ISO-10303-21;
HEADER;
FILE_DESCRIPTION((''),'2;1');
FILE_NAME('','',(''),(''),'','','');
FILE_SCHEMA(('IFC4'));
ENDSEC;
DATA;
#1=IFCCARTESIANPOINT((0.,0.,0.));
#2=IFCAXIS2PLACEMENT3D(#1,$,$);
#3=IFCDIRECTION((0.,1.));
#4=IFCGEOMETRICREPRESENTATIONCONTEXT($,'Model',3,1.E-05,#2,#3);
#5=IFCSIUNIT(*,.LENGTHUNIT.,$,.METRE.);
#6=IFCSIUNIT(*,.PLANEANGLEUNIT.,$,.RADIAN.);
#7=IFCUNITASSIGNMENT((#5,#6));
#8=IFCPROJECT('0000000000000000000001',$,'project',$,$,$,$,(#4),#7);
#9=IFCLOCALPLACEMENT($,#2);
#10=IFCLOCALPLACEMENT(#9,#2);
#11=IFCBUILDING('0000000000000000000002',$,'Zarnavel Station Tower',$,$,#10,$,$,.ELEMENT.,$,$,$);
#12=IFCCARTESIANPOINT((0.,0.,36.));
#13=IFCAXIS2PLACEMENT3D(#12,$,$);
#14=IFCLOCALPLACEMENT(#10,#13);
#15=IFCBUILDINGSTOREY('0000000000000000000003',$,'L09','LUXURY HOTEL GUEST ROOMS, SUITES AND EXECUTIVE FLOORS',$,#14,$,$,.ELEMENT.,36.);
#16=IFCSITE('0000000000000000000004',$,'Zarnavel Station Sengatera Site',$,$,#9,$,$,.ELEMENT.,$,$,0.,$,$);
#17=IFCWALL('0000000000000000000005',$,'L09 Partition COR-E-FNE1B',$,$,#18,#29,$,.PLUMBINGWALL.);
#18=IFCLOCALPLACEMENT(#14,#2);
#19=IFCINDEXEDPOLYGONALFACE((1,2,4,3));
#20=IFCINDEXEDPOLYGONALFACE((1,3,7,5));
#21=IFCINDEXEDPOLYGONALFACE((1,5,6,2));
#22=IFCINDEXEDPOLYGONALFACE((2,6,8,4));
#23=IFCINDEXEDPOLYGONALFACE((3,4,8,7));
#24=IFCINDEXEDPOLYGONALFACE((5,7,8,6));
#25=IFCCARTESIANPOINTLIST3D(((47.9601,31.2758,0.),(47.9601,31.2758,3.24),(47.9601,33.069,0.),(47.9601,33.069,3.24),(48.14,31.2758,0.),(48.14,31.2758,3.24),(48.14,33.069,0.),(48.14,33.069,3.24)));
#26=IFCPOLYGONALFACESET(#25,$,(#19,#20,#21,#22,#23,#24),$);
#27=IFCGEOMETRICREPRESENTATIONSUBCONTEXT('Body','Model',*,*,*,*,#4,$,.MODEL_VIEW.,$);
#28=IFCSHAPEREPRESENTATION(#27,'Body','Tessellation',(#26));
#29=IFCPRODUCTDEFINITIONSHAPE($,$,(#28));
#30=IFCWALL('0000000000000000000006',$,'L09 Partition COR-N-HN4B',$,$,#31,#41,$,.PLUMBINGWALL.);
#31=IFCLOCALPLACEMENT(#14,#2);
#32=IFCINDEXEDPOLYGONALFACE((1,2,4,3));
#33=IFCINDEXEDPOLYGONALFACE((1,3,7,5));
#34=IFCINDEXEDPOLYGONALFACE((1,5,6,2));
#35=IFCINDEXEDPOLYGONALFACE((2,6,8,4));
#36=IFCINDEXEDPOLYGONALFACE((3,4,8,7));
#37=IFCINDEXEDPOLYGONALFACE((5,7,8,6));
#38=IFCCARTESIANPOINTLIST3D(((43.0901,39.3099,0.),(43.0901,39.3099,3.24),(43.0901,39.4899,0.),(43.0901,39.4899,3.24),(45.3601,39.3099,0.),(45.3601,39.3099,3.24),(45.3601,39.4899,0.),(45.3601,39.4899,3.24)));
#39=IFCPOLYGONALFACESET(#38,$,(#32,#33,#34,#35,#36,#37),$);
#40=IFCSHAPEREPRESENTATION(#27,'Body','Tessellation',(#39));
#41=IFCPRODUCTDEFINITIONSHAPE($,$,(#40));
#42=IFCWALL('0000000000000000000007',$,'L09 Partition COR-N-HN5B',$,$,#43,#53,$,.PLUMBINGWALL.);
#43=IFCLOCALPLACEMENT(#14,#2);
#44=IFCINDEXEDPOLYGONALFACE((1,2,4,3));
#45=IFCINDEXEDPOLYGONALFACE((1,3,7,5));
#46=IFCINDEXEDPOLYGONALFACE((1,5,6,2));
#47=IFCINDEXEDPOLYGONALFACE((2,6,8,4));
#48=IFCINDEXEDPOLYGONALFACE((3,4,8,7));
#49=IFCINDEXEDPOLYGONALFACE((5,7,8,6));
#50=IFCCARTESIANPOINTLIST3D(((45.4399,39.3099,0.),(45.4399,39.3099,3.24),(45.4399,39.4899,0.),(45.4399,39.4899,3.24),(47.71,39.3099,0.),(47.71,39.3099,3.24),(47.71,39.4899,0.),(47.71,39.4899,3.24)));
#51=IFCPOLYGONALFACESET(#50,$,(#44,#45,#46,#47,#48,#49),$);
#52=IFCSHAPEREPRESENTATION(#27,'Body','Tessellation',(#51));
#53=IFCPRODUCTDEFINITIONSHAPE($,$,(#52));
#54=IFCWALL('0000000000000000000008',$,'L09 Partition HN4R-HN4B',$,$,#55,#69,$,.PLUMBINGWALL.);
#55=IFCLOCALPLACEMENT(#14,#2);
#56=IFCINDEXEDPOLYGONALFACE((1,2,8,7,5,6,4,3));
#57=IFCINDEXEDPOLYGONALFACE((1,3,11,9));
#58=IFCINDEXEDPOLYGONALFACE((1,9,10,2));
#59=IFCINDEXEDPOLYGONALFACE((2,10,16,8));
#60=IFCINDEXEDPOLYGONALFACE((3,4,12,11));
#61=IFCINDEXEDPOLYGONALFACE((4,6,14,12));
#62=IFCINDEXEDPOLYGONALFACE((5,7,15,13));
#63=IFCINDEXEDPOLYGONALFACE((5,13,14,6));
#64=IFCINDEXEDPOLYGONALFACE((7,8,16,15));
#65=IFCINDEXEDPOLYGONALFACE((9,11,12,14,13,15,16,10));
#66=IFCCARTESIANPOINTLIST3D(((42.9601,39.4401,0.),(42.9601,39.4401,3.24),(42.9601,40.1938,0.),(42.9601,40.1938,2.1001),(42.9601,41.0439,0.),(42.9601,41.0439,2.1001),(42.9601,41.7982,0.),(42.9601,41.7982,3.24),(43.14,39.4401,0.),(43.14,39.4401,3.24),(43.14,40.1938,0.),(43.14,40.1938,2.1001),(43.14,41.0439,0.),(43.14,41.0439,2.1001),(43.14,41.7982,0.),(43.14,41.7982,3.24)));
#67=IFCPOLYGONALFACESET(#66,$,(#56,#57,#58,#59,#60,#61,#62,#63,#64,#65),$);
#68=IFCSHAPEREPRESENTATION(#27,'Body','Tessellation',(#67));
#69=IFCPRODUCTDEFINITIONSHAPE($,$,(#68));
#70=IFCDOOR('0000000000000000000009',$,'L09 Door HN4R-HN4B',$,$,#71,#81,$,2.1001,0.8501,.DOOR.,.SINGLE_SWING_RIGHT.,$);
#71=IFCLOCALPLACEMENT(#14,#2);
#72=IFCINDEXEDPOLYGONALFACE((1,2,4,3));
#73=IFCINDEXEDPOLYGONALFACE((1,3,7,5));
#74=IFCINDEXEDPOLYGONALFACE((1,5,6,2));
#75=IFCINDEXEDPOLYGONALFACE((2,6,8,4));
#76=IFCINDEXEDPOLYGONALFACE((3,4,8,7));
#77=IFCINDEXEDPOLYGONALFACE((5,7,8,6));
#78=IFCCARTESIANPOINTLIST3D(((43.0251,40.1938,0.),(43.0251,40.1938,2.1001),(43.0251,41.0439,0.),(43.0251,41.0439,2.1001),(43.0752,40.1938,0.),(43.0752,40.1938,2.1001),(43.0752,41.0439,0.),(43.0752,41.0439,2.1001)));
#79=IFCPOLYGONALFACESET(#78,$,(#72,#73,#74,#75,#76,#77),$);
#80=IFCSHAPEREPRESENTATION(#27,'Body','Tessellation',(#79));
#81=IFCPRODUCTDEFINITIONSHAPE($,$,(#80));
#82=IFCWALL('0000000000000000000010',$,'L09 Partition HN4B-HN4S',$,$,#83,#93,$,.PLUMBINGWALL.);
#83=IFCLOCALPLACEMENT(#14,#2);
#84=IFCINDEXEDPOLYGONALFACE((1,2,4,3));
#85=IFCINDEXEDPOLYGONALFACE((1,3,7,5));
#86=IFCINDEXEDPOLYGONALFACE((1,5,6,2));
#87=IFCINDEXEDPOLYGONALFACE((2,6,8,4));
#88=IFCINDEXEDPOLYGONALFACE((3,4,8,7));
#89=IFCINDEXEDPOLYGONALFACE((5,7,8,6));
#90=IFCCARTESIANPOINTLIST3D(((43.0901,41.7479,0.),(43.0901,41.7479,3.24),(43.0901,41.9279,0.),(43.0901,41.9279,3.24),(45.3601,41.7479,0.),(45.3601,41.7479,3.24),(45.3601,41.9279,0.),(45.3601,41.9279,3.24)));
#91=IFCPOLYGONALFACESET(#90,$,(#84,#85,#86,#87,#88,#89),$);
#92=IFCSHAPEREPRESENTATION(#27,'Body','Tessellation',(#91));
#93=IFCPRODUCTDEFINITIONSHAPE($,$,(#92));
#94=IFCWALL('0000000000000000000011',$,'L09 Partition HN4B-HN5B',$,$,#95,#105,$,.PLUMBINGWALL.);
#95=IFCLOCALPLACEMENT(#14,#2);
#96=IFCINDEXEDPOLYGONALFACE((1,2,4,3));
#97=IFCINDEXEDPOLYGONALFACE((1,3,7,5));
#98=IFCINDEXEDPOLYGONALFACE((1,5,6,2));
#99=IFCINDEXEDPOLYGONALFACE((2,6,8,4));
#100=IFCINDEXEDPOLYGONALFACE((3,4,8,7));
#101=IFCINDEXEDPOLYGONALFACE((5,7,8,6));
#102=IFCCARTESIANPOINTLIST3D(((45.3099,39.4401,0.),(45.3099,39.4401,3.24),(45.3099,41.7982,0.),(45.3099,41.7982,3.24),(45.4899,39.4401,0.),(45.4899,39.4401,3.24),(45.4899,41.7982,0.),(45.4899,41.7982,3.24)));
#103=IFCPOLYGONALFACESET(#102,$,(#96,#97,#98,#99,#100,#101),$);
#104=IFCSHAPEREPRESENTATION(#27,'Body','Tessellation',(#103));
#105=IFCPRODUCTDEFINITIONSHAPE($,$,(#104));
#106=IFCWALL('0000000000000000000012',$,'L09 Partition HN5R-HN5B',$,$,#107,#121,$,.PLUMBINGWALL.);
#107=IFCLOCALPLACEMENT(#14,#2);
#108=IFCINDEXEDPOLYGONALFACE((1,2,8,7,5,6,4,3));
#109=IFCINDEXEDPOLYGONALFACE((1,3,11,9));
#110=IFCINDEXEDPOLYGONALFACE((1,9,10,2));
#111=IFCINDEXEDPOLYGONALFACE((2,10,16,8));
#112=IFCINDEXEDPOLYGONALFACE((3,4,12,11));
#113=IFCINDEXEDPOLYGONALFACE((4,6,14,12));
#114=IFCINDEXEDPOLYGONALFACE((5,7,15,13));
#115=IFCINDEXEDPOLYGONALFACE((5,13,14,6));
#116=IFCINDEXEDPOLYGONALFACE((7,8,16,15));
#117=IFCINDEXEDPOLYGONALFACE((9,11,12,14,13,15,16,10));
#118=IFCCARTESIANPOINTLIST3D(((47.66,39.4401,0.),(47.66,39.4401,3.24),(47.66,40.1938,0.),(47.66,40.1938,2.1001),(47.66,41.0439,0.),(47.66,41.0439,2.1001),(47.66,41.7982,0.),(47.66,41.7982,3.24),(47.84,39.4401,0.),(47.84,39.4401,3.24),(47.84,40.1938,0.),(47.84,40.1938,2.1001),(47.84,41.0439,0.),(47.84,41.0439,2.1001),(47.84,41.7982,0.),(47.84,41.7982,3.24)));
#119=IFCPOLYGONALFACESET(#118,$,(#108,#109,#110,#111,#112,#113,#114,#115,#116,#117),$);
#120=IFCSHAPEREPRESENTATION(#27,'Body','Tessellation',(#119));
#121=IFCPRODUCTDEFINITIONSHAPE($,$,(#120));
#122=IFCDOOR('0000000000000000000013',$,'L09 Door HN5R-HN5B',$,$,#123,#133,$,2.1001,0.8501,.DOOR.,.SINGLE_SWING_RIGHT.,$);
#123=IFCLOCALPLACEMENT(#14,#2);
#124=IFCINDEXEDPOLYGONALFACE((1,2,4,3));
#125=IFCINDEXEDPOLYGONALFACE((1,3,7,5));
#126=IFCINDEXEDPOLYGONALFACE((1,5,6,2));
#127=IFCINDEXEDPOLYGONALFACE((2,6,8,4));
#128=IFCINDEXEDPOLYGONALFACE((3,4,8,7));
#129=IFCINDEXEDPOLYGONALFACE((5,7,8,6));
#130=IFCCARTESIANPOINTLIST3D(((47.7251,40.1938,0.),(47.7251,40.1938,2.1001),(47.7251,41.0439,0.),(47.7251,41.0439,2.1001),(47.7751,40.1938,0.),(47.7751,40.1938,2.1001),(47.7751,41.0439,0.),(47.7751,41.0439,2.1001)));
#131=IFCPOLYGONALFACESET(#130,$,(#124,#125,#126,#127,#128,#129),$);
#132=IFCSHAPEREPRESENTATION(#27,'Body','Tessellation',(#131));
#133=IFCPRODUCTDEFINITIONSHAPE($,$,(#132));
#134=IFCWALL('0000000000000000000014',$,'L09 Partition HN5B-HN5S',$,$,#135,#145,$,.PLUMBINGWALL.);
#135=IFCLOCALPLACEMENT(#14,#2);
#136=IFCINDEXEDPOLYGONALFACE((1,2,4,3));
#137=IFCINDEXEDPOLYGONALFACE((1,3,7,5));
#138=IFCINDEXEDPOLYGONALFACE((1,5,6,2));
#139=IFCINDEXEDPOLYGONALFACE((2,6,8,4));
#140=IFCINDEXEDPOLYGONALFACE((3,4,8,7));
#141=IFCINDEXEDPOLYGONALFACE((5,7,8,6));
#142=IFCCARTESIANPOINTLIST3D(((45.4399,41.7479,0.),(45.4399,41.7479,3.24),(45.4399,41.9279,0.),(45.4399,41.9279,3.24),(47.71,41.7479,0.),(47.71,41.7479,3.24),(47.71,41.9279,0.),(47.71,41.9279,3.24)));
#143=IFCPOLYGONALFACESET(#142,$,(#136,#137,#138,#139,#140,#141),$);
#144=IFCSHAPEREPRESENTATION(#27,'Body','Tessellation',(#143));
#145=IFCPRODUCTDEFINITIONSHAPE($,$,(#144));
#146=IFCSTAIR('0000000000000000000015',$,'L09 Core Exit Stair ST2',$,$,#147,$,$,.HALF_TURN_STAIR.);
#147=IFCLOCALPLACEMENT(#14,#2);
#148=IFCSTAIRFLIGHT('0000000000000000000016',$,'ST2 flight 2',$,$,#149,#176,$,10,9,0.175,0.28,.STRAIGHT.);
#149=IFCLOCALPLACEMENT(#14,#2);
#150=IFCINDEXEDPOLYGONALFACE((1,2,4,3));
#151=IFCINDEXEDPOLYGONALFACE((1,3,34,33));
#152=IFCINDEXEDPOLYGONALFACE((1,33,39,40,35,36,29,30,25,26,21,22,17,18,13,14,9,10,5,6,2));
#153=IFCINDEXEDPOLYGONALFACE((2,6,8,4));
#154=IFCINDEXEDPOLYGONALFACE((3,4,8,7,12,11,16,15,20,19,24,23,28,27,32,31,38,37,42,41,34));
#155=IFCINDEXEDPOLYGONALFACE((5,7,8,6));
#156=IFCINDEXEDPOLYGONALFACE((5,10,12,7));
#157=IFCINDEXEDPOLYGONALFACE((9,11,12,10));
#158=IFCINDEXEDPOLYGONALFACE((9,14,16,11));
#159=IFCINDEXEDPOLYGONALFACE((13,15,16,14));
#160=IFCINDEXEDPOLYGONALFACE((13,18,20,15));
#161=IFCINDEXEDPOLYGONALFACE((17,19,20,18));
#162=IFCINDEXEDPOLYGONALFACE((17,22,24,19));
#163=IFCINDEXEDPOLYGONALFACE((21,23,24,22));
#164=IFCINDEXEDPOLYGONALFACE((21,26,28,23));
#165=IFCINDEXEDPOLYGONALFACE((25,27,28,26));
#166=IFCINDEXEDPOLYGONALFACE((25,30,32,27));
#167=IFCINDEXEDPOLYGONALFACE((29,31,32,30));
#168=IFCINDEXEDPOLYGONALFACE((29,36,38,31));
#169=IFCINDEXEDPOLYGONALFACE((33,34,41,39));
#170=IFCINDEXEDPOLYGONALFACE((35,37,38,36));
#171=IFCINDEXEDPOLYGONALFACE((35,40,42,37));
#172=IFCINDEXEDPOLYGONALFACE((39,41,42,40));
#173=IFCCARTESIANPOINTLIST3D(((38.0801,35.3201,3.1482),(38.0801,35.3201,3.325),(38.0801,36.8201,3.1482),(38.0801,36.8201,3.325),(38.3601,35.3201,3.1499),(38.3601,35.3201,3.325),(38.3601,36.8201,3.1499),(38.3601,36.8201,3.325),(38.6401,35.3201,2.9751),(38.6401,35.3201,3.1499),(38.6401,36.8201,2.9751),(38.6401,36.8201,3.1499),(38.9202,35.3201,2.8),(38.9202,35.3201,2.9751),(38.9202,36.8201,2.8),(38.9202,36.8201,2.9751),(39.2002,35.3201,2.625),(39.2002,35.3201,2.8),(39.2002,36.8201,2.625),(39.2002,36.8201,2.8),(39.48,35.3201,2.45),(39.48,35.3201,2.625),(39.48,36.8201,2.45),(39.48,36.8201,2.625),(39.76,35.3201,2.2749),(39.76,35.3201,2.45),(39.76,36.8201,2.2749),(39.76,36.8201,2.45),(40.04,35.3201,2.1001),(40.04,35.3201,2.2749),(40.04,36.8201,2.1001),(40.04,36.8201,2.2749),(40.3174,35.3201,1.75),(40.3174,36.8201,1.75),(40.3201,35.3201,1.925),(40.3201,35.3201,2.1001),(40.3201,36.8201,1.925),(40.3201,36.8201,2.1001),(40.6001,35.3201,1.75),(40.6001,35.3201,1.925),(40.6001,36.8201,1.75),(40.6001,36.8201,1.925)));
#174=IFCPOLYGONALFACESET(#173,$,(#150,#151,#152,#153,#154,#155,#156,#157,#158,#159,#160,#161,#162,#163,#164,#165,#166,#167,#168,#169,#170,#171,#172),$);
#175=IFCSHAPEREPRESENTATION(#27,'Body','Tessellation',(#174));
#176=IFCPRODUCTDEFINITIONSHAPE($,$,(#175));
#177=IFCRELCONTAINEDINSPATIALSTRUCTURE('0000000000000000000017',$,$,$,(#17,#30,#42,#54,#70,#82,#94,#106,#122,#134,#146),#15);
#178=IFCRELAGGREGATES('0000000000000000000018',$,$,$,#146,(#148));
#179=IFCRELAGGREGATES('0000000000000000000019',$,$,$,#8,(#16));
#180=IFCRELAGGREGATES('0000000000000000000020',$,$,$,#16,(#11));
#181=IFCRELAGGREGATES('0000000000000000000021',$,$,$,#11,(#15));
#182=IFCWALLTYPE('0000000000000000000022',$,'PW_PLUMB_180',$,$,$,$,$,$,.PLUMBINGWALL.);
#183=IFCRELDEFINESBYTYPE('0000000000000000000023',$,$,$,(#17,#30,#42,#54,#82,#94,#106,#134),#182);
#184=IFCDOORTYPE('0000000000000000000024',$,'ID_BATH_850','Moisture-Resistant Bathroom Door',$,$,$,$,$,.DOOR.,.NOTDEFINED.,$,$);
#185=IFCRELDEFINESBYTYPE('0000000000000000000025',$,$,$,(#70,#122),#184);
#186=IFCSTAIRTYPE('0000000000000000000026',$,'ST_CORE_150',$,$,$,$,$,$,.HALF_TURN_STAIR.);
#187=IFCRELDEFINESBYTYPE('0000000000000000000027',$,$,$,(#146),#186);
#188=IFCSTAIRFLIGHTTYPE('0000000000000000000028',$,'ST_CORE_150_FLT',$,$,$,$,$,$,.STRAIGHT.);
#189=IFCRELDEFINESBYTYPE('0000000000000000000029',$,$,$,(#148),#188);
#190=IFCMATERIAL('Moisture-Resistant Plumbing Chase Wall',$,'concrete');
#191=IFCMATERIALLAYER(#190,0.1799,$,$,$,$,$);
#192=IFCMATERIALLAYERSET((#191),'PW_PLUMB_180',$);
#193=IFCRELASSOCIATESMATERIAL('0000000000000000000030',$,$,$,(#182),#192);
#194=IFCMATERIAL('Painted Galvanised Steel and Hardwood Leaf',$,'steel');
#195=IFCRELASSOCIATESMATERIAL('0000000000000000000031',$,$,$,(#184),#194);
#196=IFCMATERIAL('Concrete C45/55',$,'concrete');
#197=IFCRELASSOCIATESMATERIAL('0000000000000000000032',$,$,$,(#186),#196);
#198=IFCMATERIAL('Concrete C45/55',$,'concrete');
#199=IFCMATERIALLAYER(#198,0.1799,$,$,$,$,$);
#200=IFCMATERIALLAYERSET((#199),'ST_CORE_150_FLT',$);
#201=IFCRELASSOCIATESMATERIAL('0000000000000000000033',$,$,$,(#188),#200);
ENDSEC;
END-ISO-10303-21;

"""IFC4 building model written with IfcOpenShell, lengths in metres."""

from ifc_helpers import new_model, si_unit, direction, frame, frame_2d, origin, place, context, subcontext, project, spatial, polyline, rectangle, outline, extrude, material, layer, layer_set, type_object, element, fill, aggregate, save


model = new_model("IFC4")

# Units and contexts
model_context = context("Model", 3, precision=1e-05, world=origin(), true_north=direction((0.0, 1.0)))
body_context = subcontext(model_context, "Body", "Model", "MODEL_VIEW")
ifc_project = project(units=[si_unit("LENGTHUNIT", "METRE"), si_unit("PLANEANGLEUNIT", "RADIAN")], contexts=[model_context])

# Site, building, storey
site_placement = place(None, origin())
site = spatial("IfcSite", under=ifc_project, at=site_placement, Name="Zarnavel Station Sengatera Site", CompositionType="ELEMENT", RefElevation=0.0)
building_placement = place(site_placement, origin())
building = spatial("IfcBuilding", under=site, at=building_placement, Name="Zarnavel Station Tower", CompositionType="ELEMENT")
storey_placement = place(building_placement, frame((0.0, 0.0, 36.0)))
storey = spatial("IfcBuildingStorey", under=building, at=storey_placement, Name="L09", Description="LUXURY HOTEL GUEST ROOMS, SUITES AND EXECUTIVE FLOORS", CompositionType="ELEMENT", Elevation=36.0)

# Walls
ifc_material_1 = material(Name="Moisture-Resistant Plumbing Chase Wall", Category="concrete")
ifc_layer_1 = layer(ifc_material_1, 0.1799)
ifc_layer_set_1 = layer_set([ifc_layer_1], Name="PW_PLUMB_180")
wall_type_1 = type_object("IfcWallType", Name="PW_PLUMB_180", PredefinedType="PLUMBINGWALL", material=ifc_layer_set_1)
wall_1_placement = place(storey_placement, frame((48.05, 31.2759, 0.0), z_axis=(0.0, 0.0, 1.0), x_axis=(0.0, 1.0, 0.0)))
element("IfcWall", 1, at=wall_1_placement, inside=storey, type_object=wall_type_1, Name="L09 Partition COR-E-FNE1B", PredefinedType="PLUMBINGWALL", context=body_context, shape_type="SweptSolid", body=[
    extrude(rectangle(XDim=1.7932, YDim=0.1799, at=frame_2d((0.8965, 0.0))), origin(), (0.0, 0.0, 1.0), 3.24),
])
for number, where, z_axis, x_axis, name in (
    (2, (43.0901, 39.3999, 0.0), (0.0, 0.0, 1.0), (1.0, 0.0, 0.0), "L09 Partition COR-N-HN4B"),
    (3, (45.4399, 39.3999, 0.0), (0.0, 0.0, 1.0), (1.0, 0.0, 0.0), "L09 Partition COR-N-HN5B"),
):
    element("IfcWall", number, at=place(storey_placement, frame(where, z_axis=z_axis, x_axis=x_axis)), inside=storey, type_object=wall_type_1, Name=name, PredefinedType="PLUMBINGWALL", context=body_context, shape_type="SweptSolid", body=[
        extrude(rectangle(XDim=2.27, YDim=0.1799, at=frame_2d((1.135, 0.0))), origin(), (0.0, 0.0, 1.0), 3.24),
    ])

# Wall, opening, door
wall_2_placement = place(storey_placement, frame((43.05, 39.4399, 0.0), z_axis=(0.0, 0.0, 1.0), x_axis=(0.0, 1.0, 0.0)))
wall_2 = element("IfcWall", 4, at=wall_2_placement, inside=storey, type_object=wall_type_1, Name="L09 Partition HN4R-HN4B", PredefinedType="PLUMBINGWALL", context=body_context, shape_type="SweptSolid", body=[
    extrude(rectangle(XDim=2.3582, YDim=0.1799, at=frame_2d((1.1792, 0.0))), origin(), (0.0, 0.0, 1.0), 3.24),
])
opening_1_placement = place(wall_2_placement, frame((0.7539, 0.0, 0.0)))
opening_1 = element("IfcOpeningElement", 5, at=opening_1_placement, cuts=wall_2, PredefinedType="OPENING", context=body_context, shape_type="SweptSolid", body=[
    extrude(rectangle(XDim=0.8501, YDim=2.1001, at=frame_2d((0.425, 1.05))), frame((0.0, 0.0999, 0.0), z_axis=(0.0, -1.0, 0.0), x_axis=(1.0, 0.0, 0.0)), (0.0, 0.0, 1.0), 0.2),
])
ifc_material_2 = material(Name="Painted Galvanised Steel and Hardwood Leaf", Category="steel")
door_type_1 = type_object("IfcDoorType", Name="ID_BATH_850", Description="Moisture-Resistant Bathroom Door", OperationType="NOTDEFINED", PredefinedType="DOOR", material=ifc_material_2)
door_1_placement = place(opening_1_placement, origin())
door_1 = element("IfcDoor", 6, at=door_1_placement, inside=storey, type_object=door_type_1, Name="L09 Door HN4R-HN4B", OperationType="SINGLE_SWING_RIGHT", OverallHeight=2.1001, OverallWidth=0.8501, PredefinedType="DOOR", context=body_context, shape_type="SweptSolid", body=[
    extrude(rectangle(XDim=0.8501, YDim=2.1001, at=frame_2d((0.425, 1.05))), frame((0.0, 0.0249, 0.0), z_axis=(0.0, -1.0, 0.0), x_axis=(1.0, 0.0, 0.0)), (0.0, 0.0, 1.0), 0.05),
])
fill(opening_1, door_1)

# Walls
wall_3_placement = place(storey_placement, frame((43.0901, 41.8379, 0.0), z_axis=(0.0, 0.0, 1.0), x_axis=(1.0, 0.0, 0.0)))
element("IfcWall", 7, at=wall_3_placement, inside=storey, type_object=wall_type_1, Name="L09 Partition HN4B-HN4S", PredefinedType="PLUMBINGWALL", context=body_context, shape_type="SweptSolid", body=[
    extrude(rectangle(XDim=2.27, YDim=0.1799, at=frame_2d((1.135, 0.0))), origin(), (0.0, 0.0, 1.0), 3.24),
])
wall_4_placement = place(storey_placement, frame((45.3999, 39.4399, 0.0), z_axis=(0.0, 0.0, 1.0), x_axis=(0.0, 1.0, 0.0)))
element("IfcWall", 8, at=wall_4_placement, inside=storey, type_object=wall_type_1, Name="L09 Partition HN4B-HN5B", PredefinedType="PLUMBINGWALL", context=body_context, shape_type="SweptSolid", body=[
    extrude(rectangle(XDim=2.3582, YDim=0.1799, at=frame_2d((1.1792, 0.0))), origin(), (0.0, 0.0, 1.0), 3.24),
])

# Wall, opening, door
wall_5_placement = place(storey_placement, frame((47.75, 39.4399, 0.0), z_axis=(0.0, 0.0, 1.0), x_axis=(0.0, 1.0, 0.0)))
wall_5 = element("IfcWall", 9, at=wall_5_placement, inside=storey, type_object=wall_type_1, Name="L09 Partition HN5R-HN5B", PredefinedType="PLUMBINGWALL", context=body_context, shape_type="SweptSolid", body=[
    extrude(rectangle(XDim=2.3582, YDim=0.1799, at=frame_2d((1.1792, 0.0))), origin(), (0.0, 0.0, 1.0), 3.24),
])
opening_2_placement = place(wall_5_placement, frame((0.7539, 0.0, 0.0)))
opening_2 = element("IfcOpeningElement", 10, at=opening_2_placement, cuts=wall_5, PredefinedType="OPENING", context=body_context, shape_type="SweptSolid", body=[
    extrude(rectangle(XDim=0.8501, YDim=2.1001, at=frame_2d((0.425, 1.05))), frame((0.0, 0.0999, 0.0), z_axis=(0.0, -1.0, 0.0), x_axis=(1.0, 0.0, 0.0)), (0.0, 0.0, 1.0), 0.2),
])
door_2_placement = place(opening_2_placement, origin())
door_2 = element("IfcDoor", 11, at=door_2_placement, inside=storey, type_object=door_type_1, Name="L09 Door HN5R-HN5B", OperationType="SINGLE_SWING_RIGHT", OverallHeight=2.1001, OverallWidth=0.8501, PredefinedType="DOOR", context=body_context, shape_type="SweptSolid", body=[
    extrude(rectangle(XDim=0.8501, YDim=2.1001, at=frame_2d((0.425, 1.05))), frame((0.0, 0.0249, 0.0), z_axis=(0.0, -1.0, 0.0), x_axis=(1.0, 0.0, 0.0)), (0.0, 0.0, 1.0), 0.05),
])
fill(opening_2, door_2)

# Wall
wall_6_placement = place(storey_placement, frame((45.4399, 41.8379, 0.0), z_axis=(0.0, 0.0, 1.0), x_axis=(1.0, 0.0, 0.0)))
element("IfcWall", 12, at=wall_6_placement, inside=storey, type_object=wall_type_1, Name="L09 Partition HN5B-HN5S", PredefinedType="PLUMBINGWALL", context=body_context, shape_type="SweptSolid", body=[
    extrude(rectangle(XDim=2.27, YDim=0.1799, at=frame_2d((1.135, 0.0))), origin(), (0.0, 0.0, 1.0), 3.24),
])

# Stair, stair flight
ifc_material_3 = material(Name="Concrete C45/55", Category="concrete")
stair_type = type_object("IfcStairType", Name="ST_CORE_150", PredefinedType="HALF_TURN_STAIR", material=ifc_material_3)
stair_placement = place(storey_placement, origin())
stair = element("IfcStair", 13, at=stair_placement, inside=storey, type_object=stair_type, Name="L09 Core Exit Stair ST2", PredefinedType="HALF_TURN_STAIR")
ifc_material_4 = material(Name="Concrete C45/55", Category="concrete")
ifc_layer_2 = layer(ifc_material_4, 0.1799)
ifc_layer_set_2 = layer_set([ifc_layer_2], Name="ST_CORE_150_FLT")
stair_flight_type = type_object("IfcStairFlightType", Name="ST_CORE_150_FLT", PredefinedType="STRAIGHT", material=ifc_layer_set_2)
stair_flight_placement = place(storey_placement, frame((40.6001, 36.0701, 1.75), z_axis=(0.0, 0.0, 1.0), x_axis=(-1.0, 0.0, 0.0)))
stair_flight = element("IfcStairFlight", 14, at=stair_flight_placement, type_object=stair_flight_type, Name="ST2 flight 2", NumberOfRisers=10, NumberOfTreads=9, PredefinedType="STRAIGHT", RiserHeight=0.175, TreadLength=0.28, context=body_context, shape_type="SweptSolid", body=[
    extrude(outline(polyline([(0.0, 0.0), (0.0, 0.175), (0.28, 0.175), (0.28, 0.3501), (0.5601, 0.3501), (0.5601, 0.5249), (0.8401, 0.5249), (0.8401, 0.7), (1.1201, 0.7), (1.1201, 0.875), (1.3999, 0.875), (1.3999, 1.05), (1.6799, 1.05), (1.6799, 1.2251), (1.96, 1.2251), (1.96, 1.3999), (2.24, 1.3999), (2.24, 1.575), (2.52, 1.575), (2.52, 1.75), (2.52, 1.3982), (0.2827, 0.0), (0.0, 0.0)])), frame((0.0, 0.75, 0.0), z_axis=(0.0, -1.0, 0.0), x_axis=(1.0, 0.0, 0.0)), (0.0, 0.0, 1.0), 1.5),
])
aggregate(stair, [stair_flight])

save(model, "model.ifc")
